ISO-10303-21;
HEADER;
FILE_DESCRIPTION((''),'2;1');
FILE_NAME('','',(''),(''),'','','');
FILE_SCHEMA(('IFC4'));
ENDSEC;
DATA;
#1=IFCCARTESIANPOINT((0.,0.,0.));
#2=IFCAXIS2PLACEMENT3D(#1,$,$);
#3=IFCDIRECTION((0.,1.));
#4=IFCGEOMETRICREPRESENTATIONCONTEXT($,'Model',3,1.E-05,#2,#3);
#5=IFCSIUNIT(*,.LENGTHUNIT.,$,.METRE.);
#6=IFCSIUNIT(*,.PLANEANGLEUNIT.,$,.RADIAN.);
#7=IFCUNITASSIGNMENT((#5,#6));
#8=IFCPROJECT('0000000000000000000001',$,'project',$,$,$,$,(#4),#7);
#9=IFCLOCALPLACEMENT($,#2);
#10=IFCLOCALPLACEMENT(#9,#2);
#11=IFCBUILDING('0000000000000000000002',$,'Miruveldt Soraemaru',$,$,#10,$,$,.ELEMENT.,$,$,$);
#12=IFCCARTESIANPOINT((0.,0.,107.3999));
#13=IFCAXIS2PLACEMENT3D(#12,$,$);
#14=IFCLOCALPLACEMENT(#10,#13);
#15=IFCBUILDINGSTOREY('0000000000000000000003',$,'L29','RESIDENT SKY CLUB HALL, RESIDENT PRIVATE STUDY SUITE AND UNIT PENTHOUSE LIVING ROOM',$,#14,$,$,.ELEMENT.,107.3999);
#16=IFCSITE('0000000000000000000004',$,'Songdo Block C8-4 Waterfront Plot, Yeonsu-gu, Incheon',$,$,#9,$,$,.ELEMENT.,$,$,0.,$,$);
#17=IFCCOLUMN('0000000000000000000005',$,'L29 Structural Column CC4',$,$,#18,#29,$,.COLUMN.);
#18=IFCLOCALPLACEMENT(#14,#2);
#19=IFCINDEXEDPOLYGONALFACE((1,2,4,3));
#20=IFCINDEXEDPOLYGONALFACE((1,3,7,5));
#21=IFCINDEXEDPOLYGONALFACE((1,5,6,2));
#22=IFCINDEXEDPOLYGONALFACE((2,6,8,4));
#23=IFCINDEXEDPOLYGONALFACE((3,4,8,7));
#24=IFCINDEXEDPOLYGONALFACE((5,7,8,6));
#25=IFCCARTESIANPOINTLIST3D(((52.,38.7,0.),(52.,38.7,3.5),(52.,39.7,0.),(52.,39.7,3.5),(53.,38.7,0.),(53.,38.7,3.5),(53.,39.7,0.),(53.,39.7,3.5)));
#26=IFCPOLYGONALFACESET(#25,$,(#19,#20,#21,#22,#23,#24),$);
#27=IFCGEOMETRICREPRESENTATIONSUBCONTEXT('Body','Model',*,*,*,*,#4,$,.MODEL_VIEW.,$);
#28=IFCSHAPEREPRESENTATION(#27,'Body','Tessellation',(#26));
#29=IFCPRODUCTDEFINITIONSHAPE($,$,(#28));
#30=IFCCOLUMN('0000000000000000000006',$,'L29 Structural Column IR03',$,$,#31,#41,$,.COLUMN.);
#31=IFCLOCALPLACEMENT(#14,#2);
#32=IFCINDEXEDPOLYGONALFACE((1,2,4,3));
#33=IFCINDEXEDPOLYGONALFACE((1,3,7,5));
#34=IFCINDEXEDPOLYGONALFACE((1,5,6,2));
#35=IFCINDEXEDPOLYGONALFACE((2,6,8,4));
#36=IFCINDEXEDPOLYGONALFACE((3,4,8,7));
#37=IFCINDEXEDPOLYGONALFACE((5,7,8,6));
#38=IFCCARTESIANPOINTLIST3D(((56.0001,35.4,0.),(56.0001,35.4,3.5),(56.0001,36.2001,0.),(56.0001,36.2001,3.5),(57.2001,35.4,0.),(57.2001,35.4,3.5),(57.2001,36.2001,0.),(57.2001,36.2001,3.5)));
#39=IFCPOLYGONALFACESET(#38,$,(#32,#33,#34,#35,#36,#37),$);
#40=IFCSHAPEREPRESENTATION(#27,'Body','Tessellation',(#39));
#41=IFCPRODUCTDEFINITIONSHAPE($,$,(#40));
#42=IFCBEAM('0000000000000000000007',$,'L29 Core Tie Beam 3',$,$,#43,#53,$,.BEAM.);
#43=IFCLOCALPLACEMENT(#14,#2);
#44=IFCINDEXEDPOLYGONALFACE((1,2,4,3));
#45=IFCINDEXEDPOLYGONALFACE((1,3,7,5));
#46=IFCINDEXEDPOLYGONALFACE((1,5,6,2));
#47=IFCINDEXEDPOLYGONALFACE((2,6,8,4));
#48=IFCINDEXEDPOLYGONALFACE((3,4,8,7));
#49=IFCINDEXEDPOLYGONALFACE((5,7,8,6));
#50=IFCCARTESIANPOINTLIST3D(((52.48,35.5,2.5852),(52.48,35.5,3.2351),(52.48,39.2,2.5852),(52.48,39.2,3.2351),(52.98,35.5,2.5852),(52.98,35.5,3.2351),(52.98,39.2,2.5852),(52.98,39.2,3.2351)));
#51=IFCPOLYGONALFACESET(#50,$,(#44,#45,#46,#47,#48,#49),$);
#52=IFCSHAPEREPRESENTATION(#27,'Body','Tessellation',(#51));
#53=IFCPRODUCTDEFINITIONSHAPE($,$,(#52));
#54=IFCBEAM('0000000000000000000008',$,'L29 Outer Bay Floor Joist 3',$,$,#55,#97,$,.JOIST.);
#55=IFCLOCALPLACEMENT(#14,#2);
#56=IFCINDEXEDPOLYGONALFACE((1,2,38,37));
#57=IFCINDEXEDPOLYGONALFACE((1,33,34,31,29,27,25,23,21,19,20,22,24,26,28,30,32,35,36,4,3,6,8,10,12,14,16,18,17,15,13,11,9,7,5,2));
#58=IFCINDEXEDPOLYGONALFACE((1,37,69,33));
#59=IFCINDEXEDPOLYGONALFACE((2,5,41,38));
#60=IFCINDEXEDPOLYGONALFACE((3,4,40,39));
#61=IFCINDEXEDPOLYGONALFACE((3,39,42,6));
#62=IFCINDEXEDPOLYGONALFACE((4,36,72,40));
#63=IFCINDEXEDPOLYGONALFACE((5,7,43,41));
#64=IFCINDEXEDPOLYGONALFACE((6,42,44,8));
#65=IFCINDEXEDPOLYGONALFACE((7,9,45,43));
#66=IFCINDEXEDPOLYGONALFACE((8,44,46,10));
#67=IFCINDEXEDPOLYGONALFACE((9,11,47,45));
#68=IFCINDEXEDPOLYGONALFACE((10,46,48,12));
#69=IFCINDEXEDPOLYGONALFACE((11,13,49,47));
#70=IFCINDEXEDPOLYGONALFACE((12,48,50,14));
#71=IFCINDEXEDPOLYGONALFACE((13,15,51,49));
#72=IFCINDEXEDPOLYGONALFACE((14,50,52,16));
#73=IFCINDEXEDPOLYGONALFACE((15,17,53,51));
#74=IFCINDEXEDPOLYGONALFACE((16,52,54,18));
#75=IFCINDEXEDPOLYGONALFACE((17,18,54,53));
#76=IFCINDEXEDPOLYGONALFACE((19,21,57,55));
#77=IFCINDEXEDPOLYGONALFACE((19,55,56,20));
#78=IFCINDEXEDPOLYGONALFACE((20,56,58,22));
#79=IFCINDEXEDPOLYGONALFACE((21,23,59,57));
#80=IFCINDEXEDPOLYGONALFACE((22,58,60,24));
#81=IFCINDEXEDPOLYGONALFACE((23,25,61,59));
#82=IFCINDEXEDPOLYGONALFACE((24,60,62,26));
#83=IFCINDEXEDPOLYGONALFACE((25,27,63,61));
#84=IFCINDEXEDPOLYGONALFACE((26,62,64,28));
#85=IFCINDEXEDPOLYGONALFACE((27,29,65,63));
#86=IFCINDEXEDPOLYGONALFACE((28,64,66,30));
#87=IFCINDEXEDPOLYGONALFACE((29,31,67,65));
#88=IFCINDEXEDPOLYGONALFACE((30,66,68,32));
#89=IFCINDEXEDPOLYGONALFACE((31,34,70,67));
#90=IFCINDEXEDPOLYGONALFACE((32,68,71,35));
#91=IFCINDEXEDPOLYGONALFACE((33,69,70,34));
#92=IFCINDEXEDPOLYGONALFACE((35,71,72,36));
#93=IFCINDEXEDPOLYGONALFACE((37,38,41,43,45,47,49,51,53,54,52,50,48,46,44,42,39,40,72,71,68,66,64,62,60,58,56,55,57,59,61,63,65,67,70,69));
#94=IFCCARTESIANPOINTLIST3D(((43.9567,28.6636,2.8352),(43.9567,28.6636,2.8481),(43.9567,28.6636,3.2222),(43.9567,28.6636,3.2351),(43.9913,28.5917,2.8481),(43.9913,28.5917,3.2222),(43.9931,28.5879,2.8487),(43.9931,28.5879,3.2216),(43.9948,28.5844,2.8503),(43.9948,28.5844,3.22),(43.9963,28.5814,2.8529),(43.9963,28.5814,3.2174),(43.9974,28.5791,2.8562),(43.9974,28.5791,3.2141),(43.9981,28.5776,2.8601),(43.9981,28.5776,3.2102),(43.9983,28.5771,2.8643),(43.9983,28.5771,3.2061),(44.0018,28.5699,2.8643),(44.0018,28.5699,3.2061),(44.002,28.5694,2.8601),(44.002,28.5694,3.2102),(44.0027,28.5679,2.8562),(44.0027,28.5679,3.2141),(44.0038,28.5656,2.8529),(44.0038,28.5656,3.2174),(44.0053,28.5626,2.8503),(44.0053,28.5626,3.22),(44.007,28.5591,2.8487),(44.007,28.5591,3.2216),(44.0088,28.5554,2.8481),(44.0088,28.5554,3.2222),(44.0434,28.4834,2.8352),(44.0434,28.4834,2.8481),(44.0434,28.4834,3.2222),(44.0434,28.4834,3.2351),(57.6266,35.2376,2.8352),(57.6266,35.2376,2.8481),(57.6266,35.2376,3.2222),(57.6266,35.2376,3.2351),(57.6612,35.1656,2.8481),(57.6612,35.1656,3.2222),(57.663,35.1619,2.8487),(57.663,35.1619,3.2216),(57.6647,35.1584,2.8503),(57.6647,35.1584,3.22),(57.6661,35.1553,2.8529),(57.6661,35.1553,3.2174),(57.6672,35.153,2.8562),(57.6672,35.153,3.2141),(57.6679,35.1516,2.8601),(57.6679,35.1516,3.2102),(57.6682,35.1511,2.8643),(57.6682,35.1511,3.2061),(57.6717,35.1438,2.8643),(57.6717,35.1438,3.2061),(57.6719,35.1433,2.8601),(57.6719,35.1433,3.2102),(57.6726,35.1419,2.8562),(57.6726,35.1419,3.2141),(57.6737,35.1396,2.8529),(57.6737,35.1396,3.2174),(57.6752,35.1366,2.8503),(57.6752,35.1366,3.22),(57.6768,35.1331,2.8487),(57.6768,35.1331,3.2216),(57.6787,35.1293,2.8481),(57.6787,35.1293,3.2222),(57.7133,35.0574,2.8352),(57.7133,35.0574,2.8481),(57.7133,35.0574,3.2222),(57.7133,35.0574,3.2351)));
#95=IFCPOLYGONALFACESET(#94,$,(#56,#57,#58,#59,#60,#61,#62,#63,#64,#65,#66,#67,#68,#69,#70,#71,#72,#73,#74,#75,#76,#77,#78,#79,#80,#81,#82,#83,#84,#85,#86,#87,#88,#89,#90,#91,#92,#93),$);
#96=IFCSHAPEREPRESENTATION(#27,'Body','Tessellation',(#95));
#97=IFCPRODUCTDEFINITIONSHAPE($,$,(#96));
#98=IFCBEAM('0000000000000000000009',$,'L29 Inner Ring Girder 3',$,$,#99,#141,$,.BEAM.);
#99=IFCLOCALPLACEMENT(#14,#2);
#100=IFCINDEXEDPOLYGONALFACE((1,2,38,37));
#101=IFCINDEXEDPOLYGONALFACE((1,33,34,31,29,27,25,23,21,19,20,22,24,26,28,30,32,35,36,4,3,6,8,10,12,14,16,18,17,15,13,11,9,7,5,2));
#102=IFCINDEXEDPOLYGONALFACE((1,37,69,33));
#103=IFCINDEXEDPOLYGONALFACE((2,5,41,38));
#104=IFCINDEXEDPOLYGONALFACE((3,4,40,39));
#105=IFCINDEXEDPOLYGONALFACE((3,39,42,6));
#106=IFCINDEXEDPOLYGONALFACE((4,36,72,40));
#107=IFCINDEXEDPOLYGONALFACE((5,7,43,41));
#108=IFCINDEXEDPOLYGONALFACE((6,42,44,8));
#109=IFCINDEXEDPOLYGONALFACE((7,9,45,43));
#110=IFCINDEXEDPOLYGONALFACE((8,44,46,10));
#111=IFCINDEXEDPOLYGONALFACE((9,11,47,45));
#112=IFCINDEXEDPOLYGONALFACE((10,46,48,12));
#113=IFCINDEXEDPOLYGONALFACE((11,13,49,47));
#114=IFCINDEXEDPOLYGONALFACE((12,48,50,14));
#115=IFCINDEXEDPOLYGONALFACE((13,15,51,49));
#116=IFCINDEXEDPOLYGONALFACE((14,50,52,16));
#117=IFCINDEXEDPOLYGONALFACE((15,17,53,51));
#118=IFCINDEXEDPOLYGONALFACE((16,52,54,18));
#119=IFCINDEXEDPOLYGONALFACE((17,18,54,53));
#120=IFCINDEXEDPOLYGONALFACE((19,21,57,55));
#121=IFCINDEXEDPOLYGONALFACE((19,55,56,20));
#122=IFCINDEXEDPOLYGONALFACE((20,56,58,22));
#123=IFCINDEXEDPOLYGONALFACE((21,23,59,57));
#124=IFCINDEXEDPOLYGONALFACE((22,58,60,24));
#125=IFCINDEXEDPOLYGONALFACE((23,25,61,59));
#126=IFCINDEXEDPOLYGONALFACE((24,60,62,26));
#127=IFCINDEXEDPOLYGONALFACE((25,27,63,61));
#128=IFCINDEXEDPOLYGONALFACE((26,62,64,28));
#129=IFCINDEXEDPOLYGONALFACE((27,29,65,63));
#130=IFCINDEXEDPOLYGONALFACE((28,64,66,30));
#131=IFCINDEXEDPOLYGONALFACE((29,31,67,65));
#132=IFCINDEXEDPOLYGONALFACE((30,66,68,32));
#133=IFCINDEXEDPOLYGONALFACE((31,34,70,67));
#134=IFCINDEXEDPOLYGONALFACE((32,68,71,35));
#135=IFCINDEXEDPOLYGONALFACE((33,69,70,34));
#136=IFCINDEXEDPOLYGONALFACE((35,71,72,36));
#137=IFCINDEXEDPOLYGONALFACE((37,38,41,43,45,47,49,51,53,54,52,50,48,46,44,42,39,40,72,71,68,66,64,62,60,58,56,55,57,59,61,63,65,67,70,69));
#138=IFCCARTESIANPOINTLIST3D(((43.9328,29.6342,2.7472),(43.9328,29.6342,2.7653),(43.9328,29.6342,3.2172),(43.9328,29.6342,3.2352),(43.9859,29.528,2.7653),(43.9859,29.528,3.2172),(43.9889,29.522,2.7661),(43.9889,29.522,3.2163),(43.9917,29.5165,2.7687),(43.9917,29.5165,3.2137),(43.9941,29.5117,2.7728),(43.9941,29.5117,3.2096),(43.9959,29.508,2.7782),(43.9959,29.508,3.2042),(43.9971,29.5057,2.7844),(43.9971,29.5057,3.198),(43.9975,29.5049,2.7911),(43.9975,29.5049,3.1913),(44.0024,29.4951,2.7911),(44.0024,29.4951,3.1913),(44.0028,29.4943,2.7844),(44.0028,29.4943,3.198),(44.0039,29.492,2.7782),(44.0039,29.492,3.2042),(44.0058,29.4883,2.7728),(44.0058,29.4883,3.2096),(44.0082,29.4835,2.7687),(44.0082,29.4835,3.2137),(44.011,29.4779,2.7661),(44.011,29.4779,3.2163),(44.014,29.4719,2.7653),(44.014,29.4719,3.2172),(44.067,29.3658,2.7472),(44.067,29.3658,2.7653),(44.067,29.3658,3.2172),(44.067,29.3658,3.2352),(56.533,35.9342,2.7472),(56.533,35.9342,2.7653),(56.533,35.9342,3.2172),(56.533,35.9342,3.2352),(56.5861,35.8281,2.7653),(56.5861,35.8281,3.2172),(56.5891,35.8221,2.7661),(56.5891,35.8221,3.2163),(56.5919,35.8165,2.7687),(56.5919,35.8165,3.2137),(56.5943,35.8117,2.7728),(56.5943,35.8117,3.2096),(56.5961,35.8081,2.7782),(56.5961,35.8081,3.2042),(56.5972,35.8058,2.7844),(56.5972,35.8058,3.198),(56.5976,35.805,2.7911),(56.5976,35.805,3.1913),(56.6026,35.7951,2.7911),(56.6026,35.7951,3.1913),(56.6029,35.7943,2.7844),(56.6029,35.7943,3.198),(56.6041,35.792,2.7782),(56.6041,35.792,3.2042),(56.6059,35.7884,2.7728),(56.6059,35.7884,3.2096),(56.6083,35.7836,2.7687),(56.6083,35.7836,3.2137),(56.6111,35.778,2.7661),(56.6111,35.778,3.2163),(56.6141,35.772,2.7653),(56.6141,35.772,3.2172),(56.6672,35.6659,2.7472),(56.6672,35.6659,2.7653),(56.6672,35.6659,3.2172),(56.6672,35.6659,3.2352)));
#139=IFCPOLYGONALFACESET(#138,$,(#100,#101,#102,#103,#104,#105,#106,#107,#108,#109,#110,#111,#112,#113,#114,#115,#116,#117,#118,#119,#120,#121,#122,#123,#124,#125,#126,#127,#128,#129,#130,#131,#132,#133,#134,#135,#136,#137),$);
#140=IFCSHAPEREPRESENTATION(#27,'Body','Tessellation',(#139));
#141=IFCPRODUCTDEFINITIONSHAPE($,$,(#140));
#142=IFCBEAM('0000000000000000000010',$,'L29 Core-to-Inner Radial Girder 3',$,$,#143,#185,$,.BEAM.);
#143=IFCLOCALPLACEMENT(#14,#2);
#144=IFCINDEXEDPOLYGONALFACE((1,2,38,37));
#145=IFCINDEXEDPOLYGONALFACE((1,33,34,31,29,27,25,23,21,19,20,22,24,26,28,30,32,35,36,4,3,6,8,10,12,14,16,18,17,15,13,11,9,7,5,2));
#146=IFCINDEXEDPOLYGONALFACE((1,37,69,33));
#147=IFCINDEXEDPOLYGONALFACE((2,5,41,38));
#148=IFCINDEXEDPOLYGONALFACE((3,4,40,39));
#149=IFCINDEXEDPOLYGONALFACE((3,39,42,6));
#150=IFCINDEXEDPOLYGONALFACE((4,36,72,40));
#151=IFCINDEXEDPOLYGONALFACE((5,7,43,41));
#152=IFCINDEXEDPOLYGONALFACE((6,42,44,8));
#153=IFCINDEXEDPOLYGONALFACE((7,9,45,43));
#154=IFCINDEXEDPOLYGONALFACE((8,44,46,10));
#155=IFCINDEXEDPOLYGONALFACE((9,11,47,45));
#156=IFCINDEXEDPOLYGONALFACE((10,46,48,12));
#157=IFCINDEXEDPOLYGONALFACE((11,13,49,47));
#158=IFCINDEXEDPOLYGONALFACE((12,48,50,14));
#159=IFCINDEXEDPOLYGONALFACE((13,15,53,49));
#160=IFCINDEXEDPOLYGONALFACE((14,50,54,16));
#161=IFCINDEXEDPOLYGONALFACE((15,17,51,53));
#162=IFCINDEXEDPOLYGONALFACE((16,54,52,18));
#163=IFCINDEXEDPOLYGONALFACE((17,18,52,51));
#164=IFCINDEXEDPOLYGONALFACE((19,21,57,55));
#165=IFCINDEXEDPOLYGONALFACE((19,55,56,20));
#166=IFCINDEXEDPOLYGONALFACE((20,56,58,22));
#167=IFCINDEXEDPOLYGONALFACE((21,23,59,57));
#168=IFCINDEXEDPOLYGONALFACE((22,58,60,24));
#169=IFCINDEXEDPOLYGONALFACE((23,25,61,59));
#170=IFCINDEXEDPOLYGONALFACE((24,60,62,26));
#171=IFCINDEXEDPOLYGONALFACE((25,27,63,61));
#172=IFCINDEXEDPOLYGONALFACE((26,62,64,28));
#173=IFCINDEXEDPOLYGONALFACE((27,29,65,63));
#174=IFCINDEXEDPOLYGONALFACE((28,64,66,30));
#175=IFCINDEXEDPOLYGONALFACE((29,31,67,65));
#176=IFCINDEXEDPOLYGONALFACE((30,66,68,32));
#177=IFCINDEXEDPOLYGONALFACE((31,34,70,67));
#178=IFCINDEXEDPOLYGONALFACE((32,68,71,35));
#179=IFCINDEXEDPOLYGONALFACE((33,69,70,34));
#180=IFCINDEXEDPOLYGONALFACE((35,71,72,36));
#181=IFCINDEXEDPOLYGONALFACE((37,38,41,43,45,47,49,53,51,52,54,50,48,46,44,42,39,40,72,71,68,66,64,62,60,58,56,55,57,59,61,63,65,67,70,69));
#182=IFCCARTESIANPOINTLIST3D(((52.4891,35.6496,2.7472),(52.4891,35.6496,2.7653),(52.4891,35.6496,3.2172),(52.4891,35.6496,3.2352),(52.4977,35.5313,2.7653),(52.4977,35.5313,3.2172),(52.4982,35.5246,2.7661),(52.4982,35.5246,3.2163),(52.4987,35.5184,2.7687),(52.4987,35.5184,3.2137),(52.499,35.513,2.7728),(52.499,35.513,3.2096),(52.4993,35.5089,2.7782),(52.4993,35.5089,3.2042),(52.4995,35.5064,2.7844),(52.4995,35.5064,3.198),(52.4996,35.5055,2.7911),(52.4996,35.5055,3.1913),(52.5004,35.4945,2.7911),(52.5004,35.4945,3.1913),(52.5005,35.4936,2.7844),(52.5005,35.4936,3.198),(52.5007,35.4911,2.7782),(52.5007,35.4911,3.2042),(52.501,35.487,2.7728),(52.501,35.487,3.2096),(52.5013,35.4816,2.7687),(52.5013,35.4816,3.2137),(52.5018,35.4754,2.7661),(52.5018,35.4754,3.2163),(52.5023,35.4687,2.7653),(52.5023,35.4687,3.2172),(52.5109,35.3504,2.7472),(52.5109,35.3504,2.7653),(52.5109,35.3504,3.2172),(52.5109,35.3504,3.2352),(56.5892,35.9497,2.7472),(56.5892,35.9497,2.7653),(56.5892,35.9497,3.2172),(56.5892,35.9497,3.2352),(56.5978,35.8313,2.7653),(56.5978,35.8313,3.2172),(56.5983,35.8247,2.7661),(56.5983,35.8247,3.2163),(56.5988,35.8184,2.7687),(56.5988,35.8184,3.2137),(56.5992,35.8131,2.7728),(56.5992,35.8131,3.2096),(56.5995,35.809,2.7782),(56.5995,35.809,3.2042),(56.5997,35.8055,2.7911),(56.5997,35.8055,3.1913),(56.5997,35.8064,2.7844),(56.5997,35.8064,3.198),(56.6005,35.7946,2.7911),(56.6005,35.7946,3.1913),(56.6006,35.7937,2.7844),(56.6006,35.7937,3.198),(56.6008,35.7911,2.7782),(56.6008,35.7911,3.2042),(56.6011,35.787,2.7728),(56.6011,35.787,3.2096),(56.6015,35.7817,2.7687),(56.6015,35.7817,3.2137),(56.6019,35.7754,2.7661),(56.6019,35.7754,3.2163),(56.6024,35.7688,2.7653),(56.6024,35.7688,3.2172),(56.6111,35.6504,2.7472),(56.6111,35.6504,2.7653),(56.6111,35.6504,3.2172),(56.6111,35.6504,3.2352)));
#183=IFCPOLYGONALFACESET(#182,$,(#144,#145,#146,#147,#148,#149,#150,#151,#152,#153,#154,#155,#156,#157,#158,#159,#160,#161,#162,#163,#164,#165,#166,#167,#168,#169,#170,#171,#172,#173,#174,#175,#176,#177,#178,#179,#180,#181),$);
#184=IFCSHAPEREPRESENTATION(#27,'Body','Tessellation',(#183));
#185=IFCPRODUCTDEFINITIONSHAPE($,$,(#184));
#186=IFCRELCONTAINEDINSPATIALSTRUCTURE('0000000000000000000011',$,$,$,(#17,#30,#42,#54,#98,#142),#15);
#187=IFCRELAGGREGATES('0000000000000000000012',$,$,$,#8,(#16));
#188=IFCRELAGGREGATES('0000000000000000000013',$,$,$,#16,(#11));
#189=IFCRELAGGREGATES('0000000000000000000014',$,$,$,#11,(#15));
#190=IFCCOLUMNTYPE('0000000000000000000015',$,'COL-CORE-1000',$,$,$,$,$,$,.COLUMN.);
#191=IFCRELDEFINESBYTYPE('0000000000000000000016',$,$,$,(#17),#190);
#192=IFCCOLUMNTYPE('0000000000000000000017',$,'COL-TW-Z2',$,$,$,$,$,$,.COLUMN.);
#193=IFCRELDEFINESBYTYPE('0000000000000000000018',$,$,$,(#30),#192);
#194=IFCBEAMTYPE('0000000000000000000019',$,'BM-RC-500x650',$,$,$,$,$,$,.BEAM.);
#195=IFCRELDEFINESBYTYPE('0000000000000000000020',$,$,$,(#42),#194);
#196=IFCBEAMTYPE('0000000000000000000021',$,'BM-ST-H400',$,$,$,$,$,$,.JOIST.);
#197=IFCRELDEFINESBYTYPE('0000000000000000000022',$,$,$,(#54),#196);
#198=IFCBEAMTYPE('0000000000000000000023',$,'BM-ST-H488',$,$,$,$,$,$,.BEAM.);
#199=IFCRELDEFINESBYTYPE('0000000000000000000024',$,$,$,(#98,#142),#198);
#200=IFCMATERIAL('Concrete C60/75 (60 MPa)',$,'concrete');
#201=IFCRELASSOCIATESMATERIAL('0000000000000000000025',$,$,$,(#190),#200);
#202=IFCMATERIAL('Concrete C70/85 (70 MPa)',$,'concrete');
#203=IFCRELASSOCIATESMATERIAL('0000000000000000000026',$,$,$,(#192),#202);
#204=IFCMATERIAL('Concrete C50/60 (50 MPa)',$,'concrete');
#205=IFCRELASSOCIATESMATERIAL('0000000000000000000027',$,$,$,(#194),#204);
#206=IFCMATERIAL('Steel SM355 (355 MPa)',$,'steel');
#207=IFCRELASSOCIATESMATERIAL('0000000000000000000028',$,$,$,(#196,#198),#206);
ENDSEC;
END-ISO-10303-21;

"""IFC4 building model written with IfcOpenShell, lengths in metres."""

from ifc_helpers import new_model, si_unit, direction, frame, origin, origin_2d, place, context, subcontext, project, spatial, rectangle, i_section, extrude, material, material_profile, profile_set, type_object, element, save


model = new_model("IFC4")

# Units and contexts
model_context = context("Model", 3, precision=1e-05, world=origin(), true_north=direction((0.0, 1.0)))
body_context = subcontext(model_context, "Body", "Model", "MODEL_VIEW")
ifc_project = project(units=[si_unit("LENGTHUNIT", "METRE"), si_unit("PLANEANGLEUNIT", "RADIAN")], contexts=[model_context])

# Site, building, storey
site_placement = place(None, origin())
site = spatial("IfcSite", under=ifc_project, at=site_placement, Name="Songdo Block C8-4 Waterfront Plot, Yeonsu-gu, Incheon", CompositionType="ELEMENT", RefElevation=0.0)
building_placement = place(site_placement, origin())
building = spatial("IfcBuilding", under=site, at=building_placement, Name="Miruveldt Soraemaru", CompositionType="ELEMENT")
storey_placement = place(building_placement, frame((0.0, 0.0, 107.3999)))
storey = spatial("IfcBuildingStorey", under=building, at=storey_placement, Name="L29", Description="RESIDENT SKY CLUB HALL, RESIDENT PRIVATE STUDY SUITE AND UNIT PENTHOUSE LIVING ROOM", CompositionType="ELEMENT", Elevation=107.3999)

# Columns
ifc_material_1 = material(Name="Concrete C60/75 (60 MPa)", Category="concrete")
ifc_material_profile_1 = material_profile(ifc_material_1, rectangle(XDim=1.0, YDim=1.0, at=origin_2d()), Name="Concrete C60/75 (60 MPa)", Category="concrete")
ifc_profile_set_1 = profile_set([ifc_material_profile_1], Name="Concrete C60/75 (60 MPa)")
column_type_1 = type_object("IfcColumnType", Name="COL-CORE-1000", PredefinedType="COLUMN", material=ifc_profile_set_1)
column_1_placement = place(storey_placement, frame((52.5, 39.2, 0.0), z_axis=(0.0, 0.0, 1.0), x_axis=(1.0, 0.0, 0.0)))
element("IfcColumn", 1, at=column_1_placement, inside=storey, type_object=column_type_1, Name="L29 Structural Column CC4", PredefinedType="COLUMN", context=body_context, shape_type="SweptSolid", body=[
    extrude(rectangle(XDim=1.0, YDim=1.0, at=origin_2d()), origin(), (0.0, 0.0, 1.0), 3.5),
])
ifc_material_2 = material(Name="Concrete C70/85 (70 MPa)", Category="concrete")
ifc_material_profile_2 = material_profile(ifc_material_2, rectangle(XDim=1.2, YDim=0.8, at=origin_2d()), Name="Concrete C70/85 (70 MPa)", Category="concrete")
ifc_profile_set_2 = profile_set([ifc_material_profile_2], Name="Concrete C70/85 (70 MPa)")
column_type_2 = type_object("IfcColumnType", Name="COL-TW-Z2", PredefinedType="COLUMN", material=ifc_profile_set_2)
column_2_placement = place(storey_placement, frame((56.6001, 35.8, 0.0), z_axis=(0.0, 0.0, 1.0), x_axis=(1.0, 0.0, 0.0)))
element("IfcColumn", 2, at=column_2_placement, inside=storey, type_object=column_type_2, Name="L29 Structural Column IR03", PredefinedType="COLUMN", context=body_context, shape_type="SweptSolid", body=[
    extrude(rectangle(XDim=1.2, YDim=0.8, at=origin_2d()), origin(), (0.0, 0.0, 1.0), 3.5),
])

# Beams
ifc_material_3 = material(Name="Concrete C50/60 (50 MPa)", Category="concrete")
ifc_material_profile_3 = material_profile(ifc_material_3, rectangle(XDim=0.5, YDim=0.6499, at=origin_2d()), Name="Concrete C50/60 (50 MPa)", Category="concrete")
ifc_profile_set_3 = profile_set([ifc_material_profile_3], Name="Concrete C50/60 (50 MPa)")
beam_type_1 = type_object("IfcBeamType", Name="BM-RC-500x650", PredefinedType="BEAM", material=ifc_profile_set_3)
beam_1_placement = place(storey_placement, frame((52.73, 35.5, 2.9102), z_axis=(0.0, 1.0, 0.0), x_axis=(-1.0, 0.0, 0.0)))
element("IfcBeam", 3, at=beam_1_placement, inside=storey, type_object=beam_type_1, Name="L29 Core Tie Beam 3", PredefinedType="BEAM", context=body_context, shape_type="SweptSolid", body=[
    extrude(rectangle(XDim=0.5, YDim=0.6499, at=origin_2d()), origin(), (0.0, 0.0, 1.0), 3.7),
])
ifc_material_4 = material(Name="Steel SM355 (355 MPa)", Category="steel")
ifc_material_profile_4 = material_profile(ifc_material_4, i_section(OverallWidth=0.2, OverallDepth=0.3999, WebThickness=0.0081, FlangeThickness=0.0129, FilletRadius=0.0161, at=origin_2d()), Name="Steel SM355 (355 MPa)", Category="steel")
ifc_profile_set_4 = profile_set([ifc_material_profile_4], Name="Steel SM355 (355 MPa)")
beam_type_2 = type_object("IfcBeamType", Name="BM-ST-H400", PredefinedType="JOIST", material=ifc_profile_set_4)
beam_2_placement = place(storey_placement, frame((57.6699, 35.1475, 3.0352), z_axis=(-0.901204, -0.433396, 0.0), x_axis=(0.433396, -0.901204, 0.0)))
element("IfcBeam", 4, at=beam_2_placement, inside=storey, type_object=beam_type_2, Name="L29 Outer Bay Floor Joist 3", PredefinedType="JOIST", context=body_context, shape_type="SweptSolid", body=[
    extrude(i_section(OverallWidth=0.2, OverallDepth=0.3999, WebThickness=0.0081, FlangeThickness=0.0129, FilletRadius=0.0161, at=origin_2d()), origin(), (0.0, 0.0, 1.0), 15.1685),
])
ifc_material_profile_5 = material_profile(ifc_material_4, i_section(OverallWidth=0.3, OverallDepth=0.488, WebThickness=0.011, FlangeThickness=0.0181, FilletRadius=0.0259, at=origin_2d()), Name="Steel SM355 (355 MPa)", Category="steel")
ifc_profile_set_5 = profile_set([ifc_material_profile_5], Name="Steel SM355 (355 MPa)")
beam_type_3 = type_object("IfcBeamType", Name="BM-ST-H488", PredefinedType="BEAM", material=ifc_profile_set_5)
beam_3_placement = place(storey_placement, frame((56.6001, 35.8, 2.9912), z_axis=(-0.894427, -0.447214, 0.0), x_axis=(0.447214, -0.894427, 0.0)))
element("IfcBeam", 5, at=beam_3_placement, inside=storey, type_object=beam_type_3, Name="L29 Inner Ring Girder 3", PredefinedType="BEAM", context=body_context, shape_type="SweptSolid", body=[
    extrude(i_section(OverallWidth=0.3, OverallDepth=0.488, WebThickness=0.011, FlangeThickness=0.0181, FilletRadius=0.0259, at=origin_2d()), origin(), (0.0, 0.0, 1.0), 14.0874),
])
beam_4_placement = place(storey_placement, frame((52.5, 35.5, 2.9912), z_axis=(0.997333, 0.072986, 0.0), x_axis=(-0.072986, 0.997333, 0.0)))
element("IfcBeam", 6, at=beam_4_placement, inside=storey, type_object=beam_type_3, Name="L29 Core-to-Inner Radial Girder 3", PredefinedType="BEAM", context=body_context, shape_type="SweptSolid", body=[
    extrude(i_section(OverallWidth=0.3, OverallDepth=0.488, WebThickness=0.011, FlangeThickness=0.0181, FilletRadius=0.0259, at=origin_2d()), origin(), (0.0, 0.0, 1.0), 4.1111),
])

save(model, "model.ifc")
